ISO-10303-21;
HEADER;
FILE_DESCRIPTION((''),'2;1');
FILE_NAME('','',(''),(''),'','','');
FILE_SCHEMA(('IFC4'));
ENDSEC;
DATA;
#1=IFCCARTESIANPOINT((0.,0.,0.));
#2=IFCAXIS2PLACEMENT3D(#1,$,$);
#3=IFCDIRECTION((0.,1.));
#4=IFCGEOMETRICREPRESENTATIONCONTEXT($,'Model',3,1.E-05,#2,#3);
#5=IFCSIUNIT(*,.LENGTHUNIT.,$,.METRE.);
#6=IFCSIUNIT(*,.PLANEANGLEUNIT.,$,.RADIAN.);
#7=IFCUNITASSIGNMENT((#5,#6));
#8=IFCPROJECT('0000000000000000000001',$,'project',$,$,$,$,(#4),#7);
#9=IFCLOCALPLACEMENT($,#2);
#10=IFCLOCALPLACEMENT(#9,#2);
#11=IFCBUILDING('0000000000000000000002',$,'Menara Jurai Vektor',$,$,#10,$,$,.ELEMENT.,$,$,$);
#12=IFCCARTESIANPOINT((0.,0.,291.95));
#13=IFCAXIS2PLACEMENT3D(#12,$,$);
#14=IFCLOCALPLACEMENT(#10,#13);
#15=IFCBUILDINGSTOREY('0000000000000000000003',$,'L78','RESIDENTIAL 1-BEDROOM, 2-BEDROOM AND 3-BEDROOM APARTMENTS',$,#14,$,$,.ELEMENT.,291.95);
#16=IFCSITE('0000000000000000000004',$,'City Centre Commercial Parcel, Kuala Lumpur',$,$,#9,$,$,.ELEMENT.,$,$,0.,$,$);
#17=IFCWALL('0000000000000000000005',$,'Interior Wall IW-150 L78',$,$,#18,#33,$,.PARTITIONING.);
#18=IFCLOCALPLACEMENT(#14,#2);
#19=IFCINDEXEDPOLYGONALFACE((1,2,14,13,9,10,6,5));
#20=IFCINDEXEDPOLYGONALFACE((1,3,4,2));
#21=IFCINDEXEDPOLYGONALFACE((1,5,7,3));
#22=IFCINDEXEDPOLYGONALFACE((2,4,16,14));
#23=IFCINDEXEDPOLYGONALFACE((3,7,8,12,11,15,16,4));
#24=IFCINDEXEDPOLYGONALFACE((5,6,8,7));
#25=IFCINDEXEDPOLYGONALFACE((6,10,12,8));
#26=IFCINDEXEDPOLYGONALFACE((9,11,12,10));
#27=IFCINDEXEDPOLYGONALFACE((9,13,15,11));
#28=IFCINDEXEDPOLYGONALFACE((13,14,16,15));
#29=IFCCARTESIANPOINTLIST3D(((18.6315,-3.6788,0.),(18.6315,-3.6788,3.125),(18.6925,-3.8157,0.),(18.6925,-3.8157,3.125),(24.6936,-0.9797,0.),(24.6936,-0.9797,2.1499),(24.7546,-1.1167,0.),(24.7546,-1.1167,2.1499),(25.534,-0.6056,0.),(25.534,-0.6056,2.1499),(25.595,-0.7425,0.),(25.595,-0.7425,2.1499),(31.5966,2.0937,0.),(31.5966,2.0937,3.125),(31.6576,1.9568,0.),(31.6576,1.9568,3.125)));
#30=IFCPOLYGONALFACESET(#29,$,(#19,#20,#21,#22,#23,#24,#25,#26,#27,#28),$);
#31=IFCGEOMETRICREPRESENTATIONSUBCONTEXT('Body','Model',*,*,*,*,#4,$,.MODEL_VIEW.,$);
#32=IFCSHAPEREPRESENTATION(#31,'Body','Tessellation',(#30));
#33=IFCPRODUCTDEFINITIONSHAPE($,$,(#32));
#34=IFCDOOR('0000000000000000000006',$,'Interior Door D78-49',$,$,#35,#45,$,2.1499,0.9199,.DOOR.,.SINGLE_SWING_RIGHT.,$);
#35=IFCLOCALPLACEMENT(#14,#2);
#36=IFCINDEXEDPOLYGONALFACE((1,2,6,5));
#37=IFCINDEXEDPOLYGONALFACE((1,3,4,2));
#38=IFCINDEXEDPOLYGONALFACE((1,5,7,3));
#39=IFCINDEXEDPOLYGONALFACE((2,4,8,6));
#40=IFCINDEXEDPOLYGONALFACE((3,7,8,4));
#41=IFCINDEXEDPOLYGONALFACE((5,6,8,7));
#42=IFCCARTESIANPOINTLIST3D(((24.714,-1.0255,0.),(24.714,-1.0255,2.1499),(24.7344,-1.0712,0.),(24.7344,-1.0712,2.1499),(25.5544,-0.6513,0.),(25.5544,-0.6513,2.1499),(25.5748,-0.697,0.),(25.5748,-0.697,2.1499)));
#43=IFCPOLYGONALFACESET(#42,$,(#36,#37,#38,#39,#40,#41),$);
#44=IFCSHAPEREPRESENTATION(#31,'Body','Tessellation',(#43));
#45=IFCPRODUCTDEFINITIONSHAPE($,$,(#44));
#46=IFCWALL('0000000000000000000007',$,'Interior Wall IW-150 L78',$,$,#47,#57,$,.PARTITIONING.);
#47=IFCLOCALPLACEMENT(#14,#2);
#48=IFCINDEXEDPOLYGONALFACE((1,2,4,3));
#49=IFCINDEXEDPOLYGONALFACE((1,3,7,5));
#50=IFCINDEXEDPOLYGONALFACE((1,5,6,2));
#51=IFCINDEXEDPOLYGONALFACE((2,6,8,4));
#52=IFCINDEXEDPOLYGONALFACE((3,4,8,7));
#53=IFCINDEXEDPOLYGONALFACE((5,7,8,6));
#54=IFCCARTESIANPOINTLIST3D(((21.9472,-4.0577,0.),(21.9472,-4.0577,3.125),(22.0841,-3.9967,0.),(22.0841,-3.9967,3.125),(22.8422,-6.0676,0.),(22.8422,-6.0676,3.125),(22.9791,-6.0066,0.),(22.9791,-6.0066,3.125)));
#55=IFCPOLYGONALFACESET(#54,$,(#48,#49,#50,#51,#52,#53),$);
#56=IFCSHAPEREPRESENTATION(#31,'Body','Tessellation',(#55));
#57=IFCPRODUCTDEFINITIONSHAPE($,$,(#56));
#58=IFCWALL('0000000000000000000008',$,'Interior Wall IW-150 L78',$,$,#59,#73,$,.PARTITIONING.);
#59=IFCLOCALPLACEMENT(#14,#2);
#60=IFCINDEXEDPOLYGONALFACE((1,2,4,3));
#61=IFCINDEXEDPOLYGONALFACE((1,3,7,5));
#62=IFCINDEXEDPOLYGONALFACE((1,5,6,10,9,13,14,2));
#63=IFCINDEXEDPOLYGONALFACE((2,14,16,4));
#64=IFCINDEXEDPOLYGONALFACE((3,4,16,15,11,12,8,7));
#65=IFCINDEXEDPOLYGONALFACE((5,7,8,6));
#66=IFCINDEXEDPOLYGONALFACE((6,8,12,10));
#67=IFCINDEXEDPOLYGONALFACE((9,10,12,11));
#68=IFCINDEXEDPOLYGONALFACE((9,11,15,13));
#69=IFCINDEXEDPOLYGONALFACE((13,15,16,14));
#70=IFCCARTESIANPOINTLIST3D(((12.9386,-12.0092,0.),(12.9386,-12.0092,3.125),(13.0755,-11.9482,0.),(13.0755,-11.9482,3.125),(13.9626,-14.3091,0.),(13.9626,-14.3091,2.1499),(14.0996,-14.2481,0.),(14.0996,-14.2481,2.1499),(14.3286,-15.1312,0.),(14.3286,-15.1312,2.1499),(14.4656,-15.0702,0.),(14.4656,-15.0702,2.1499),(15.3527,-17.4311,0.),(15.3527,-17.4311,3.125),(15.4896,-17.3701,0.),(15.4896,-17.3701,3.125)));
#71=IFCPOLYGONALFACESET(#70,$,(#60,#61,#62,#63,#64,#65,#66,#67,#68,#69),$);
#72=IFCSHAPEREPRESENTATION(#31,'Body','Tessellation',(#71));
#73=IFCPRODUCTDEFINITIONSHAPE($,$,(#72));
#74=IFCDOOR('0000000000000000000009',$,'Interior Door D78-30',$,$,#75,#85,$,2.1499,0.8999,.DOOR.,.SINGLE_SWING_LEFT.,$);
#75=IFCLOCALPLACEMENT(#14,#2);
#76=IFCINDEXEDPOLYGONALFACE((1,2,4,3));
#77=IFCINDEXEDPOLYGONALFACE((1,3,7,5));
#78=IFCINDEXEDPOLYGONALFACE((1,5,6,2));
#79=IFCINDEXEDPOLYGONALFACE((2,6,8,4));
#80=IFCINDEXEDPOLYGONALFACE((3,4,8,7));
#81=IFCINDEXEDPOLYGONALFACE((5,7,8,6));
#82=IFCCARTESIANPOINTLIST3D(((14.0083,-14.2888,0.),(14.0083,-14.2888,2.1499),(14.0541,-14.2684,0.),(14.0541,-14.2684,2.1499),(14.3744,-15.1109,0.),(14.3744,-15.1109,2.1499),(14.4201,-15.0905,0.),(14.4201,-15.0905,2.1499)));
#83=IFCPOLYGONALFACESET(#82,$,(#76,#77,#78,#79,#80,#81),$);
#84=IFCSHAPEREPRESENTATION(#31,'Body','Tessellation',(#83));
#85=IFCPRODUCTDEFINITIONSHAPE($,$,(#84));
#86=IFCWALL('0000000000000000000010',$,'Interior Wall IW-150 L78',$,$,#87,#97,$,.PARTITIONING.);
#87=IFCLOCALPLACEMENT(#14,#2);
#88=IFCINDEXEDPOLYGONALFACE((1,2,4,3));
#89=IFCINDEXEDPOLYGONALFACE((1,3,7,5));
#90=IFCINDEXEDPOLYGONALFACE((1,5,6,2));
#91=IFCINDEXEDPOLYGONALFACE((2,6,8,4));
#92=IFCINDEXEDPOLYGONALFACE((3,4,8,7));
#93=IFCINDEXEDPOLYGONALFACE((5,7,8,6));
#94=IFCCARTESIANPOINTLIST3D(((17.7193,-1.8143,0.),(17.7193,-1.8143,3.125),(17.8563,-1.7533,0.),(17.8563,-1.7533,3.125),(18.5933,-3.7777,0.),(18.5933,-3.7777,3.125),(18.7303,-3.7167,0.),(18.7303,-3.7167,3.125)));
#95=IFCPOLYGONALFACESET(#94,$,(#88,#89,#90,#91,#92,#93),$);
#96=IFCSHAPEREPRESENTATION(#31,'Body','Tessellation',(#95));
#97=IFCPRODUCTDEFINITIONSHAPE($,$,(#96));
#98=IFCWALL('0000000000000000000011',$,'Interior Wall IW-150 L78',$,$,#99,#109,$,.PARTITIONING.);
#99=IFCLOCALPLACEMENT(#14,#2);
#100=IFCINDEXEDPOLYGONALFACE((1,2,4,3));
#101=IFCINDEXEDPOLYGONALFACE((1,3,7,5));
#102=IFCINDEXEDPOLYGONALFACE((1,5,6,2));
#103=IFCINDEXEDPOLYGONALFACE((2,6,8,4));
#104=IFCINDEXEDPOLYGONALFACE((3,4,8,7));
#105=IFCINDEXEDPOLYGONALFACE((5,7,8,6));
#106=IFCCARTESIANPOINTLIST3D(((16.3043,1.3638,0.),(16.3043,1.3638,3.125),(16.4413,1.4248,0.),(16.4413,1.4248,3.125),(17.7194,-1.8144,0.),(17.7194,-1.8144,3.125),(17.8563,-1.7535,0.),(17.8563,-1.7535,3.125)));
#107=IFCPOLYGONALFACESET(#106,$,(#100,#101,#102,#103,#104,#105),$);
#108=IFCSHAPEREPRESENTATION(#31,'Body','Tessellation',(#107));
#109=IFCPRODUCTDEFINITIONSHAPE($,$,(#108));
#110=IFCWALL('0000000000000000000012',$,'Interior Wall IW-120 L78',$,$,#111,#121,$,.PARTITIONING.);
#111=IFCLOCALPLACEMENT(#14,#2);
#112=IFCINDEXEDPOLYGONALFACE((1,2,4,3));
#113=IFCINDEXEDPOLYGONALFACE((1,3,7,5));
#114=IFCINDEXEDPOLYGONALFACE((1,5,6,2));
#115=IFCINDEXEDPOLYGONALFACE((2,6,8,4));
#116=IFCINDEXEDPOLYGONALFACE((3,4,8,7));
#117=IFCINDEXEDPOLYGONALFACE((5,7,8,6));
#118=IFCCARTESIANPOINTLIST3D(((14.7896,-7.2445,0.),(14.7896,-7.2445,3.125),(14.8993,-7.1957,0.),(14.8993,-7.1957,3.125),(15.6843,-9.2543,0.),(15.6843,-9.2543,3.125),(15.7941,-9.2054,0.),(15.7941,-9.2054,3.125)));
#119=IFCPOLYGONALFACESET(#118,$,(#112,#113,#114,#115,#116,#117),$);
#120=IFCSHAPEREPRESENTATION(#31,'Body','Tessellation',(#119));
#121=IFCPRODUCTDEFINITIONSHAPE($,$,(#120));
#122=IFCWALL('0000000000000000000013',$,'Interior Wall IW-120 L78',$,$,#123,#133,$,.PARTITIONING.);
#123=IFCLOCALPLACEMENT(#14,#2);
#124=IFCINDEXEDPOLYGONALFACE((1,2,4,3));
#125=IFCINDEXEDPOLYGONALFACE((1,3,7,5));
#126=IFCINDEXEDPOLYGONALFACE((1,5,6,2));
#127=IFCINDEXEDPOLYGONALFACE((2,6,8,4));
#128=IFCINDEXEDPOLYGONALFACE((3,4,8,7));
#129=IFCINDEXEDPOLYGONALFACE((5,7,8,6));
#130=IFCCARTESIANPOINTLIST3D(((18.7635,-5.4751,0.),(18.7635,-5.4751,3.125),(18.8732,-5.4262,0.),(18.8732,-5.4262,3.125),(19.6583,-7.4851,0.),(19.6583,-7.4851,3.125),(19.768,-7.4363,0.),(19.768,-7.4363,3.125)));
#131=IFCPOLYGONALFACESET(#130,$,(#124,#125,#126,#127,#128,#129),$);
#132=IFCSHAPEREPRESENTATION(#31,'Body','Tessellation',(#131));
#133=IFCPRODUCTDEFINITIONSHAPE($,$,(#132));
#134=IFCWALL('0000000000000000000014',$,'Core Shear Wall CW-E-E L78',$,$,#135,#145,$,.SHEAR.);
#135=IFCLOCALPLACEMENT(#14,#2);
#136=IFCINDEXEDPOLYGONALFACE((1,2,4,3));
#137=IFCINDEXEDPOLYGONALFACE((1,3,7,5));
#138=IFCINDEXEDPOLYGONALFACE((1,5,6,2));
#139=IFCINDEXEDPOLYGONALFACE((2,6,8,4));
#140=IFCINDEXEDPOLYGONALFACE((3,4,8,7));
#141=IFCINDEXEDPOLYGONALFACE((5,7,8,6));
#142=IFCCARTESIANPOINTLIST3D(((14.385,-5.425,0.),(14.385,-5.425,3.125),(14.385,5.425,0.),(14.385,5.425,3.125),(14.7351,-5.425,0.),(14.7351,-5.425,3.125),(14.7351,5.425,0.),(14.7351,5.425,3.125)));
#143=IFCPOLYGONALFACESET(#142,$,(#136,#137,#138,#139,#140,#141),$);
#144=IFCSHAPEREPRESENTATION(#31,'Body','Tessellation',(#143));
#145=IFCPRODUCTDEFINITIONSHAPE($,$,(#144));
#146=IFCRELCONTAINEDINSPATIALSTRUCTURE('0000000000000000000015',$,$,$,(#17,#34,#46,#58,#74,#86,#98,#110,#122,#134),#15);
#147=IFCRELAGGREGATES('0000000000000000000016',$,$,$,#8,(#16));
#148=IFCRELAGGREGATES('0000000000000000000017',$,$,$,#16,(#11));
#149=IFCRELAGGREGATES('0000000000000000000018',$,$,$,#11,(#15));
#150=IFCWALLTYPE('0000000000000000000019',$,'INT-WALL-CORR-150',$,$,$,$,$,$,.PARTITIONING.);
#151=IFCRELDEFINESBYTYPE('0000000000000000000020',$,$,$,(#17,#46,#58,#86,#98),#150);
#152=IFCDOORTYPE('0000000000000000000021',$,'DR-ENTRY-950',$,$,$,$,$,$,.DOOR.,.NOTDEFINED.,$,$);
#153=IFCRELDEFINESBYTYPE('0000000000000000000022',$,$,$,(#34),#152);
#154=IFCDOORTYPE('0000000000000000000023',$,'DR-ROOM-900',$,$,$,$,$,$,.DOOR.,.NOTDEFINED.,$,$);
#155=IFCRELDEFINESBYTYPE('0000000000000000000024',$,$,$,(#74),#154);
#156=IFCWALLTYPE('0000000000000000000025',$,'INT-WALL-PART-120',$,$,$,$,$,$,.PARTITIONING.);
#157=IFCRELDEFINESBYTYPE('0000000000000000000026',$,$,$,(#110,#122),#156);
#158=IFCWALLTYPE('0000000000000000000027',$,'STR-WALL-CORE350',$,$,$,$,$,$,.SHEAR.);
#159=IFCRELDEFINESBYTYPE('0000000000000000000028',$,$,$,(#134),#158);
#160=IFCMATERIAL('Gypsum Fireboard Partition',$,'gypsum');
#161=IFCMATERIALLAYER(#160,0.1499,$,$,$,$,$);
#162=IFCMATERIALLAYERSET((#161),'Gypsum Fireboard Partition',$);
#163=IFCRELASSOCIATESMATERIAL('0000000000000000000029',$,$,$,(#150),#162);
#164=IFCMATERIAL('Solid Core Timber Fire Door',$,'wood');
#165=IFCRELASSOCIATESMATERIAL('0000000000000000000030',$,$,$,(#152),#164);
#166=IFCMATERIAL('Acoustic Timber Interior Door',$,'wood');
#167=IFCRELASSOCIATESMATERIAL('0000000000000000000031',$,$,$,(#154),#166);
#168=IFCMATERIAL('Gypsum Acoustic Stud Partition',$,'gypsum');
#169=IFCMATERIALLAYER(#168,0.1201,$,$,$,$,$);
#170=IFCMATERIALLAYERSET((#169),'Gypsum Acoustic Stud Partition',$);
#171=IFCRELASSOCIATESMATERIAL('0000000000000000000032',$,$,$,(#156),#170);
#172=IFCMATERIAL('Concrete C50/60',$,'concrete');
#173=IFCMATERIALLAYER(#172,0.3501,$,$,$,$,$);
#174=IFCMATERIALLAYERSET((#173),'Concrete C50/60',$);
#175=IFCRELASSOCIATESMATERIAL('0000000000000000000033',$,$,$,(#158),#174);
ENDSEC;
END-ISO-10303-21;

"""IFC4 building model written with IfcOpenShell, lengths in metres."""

from ifc_helpers import new_model, si_unit, direction, frame, frame_2d, origin, place, context, subcontext, project, spatial, rectangle, extrude, material, layer, layer_set, type_object, element, fill, save


model = new_model("IFC4")

# Units and contexts
model_context = context("Model", 3, precision=1e-05, world=origin(), true_north=direction((0.0, 1.0)))
body_context = subcontext(model_context, "Body", "Model", "MODEL_VIEW")
ifc_project = project(units=[si_unit("LENGTHUNIT", "METRE"), si_unit("PLANEANGLEUNIT", "RADIAN")], contexts=[model_context])

# Site, building, storey
site_placement = place(None, origin())
site = spatial("IfcSite", under=ifc_project, at=site_placement, Name="City Centre Commercial Parcel, Kuala Lumpur", CompositionType="ELEMENT", RefElevation=0.0)
building_placement = place(site_placement, origin())
building = spatial("IfcBuilding", under=site, at=building_placement, Name="Menara Jurai Vektor", CompositionType="ELEMENT")
storey_placement = place(building_placement, frame((0.0, 0.0, 291.95)))
storey = spatial("IfcBuildingStorey", under=building, at=storey_placement, Name="L78", Description="RESIDENTIAL 1-BEDROOM, 2-BEDROOM AND 3-BEDROOM APARTMENTS", CompositionType="ELEMENT", Elevation=291.95)

# Shared definitions
ifc_material_1 = material(Name="Concrete C50/60", Category="concrete")

# Shared definitions
ifc_material_2 = material(Name="Gypsum Fireboard Partition", Category="gypsum")
ifc_layer_1 = layer(ifc_material_2, 0.1499)
ifc_layer_set_1 = layer_set([ifc_layer_1], Name="Gypsum Fireboard Partition")
wall_type_1 = type_object("IfcWallType", Name="INT-WALL-CORR-150", PredefinedType="PARTITIONING", material=ifc_layer_set_1)
ifc_material_3 = material(Name="Solid Core Timber Fire Door", Category="wood")
door_type_1 = type_object("IfcDoorType", Name="DR-ENTRY-950", OperationType="NOTDEFINED", PredefinedType="DOOR", material=ifc_material_3)

# Wall, opening, door
wall_1_placement = place(storey_placement, frame((18.6619, -3.7473, 0.0), z_axis=(0.0, 0.0, 1.0), x_axis=(0.913545, 0.406739, 0.0)))
wall_1 = element("IfcWall", 1, at=wall_1_placement, inside=storey, type_object=wall_type_1, Name="Interior Wall IW-150 L78", PredefinedType="PARTITIONING", context=body_context, shape_type="SweptSolid", body=[
    extrude(rectangle(XDim=14.1921, YDim=0.1499, at=frame_2d((7.0962, 0.0))), origin(), (0.0, 0.0, 1.0), 3.125),
])
opening_1_placement = place(wall_1_placement, frame((6.636, 0.0, 0.0)))
opening_1 = element("IfcOpeningElement", 2, at=opening_1_placement, cuts=wall_1, PredefinedType="OPENING", context=body_context, shape_type="SweptSolid", body=[
    extrude(rectangle(XDim=0.9199, YDim=2.1499, at=frame_2d((0.46, 1.075))), frame((0.0, 0.085, 0.0), z_axis=(0.0, -1.0, 0.0), x_axis=(1.0, 0.0, 0.0)), (0.0, 0.0, 1.0), 0.1699),
])
door_1_placement = place(opening_1_placement, origin())
door_1 = element("IfcDoor", 3, at=door_1_placement, inside=storey, type_object=door_type_1, Name="Interior Door D78-49", OperationType="SINGLE_SWING_RIGHT", OverallHeight=2.1499, OverallWidth=0.9199, PredefinedType="DOOR", context=body_context, shape_type="SweptSolid", body=[
    extrude(rectangle(XDim=0.9199, YDim=2.1499, at=frame_2d((0.46, 1.075))), frame((0.0, 0.0249, 0.0), z_axis=(0.0, -1.0, 0.0), x_axis=(1.0, 0.0, 0.0)), (0.0, 0.0, 1.0), 0.05),
])
fill(opening_1, door_1)
ifc_material_4 = material(Name="Acoustic Timber Interior Door", Category="wood")
door_type_2 = type_object("IfcDoorType", Name="DR-ROOM-900", OperationType="NOTDEFINED", PredefinedType="DOOR", material=ifc_material_4)

# Wall
wall_2_placement = place(storey_placement, frame((22.9106, -6.0371, 0.0), z_axis=(0.0, 0.0, 1.0), x_axis=(-0.406777, 0.913528, 0.0)))
element("IfcWall", 4, at=wall_2_placement, inside=storey, type_object=wall_type_1, Name="Interior Wall IW-150 L78", PredefinedType="PARTITIONING", context=body_context, shape_type="SweptSolid", body=[
    extrude(rectangle(XDim=2.2002, YDim=0.1499, at=frame_2d((1.1001, 0.0))), origin(), (0.0, 0.0, 1.0), 3.125),
])

# Wall, opening, door
wall_3_placement = place(storey_placement, frame((15.4211, -17.4006, 0.0), z_axis=(0.0, 0.0, 1.0), x_axis=(-0.406749, 0.91354, 0.0)))
wall_3 = element("IfcWall", 5, at=wall_3_placement, inside=storey, type_object=wall_type_1, Name="Interior Wall IW-150 L78", PredefinedType="PARTITIONING", context=body_context, shape_type="SweptSolid", body=[
    extrude(rectangle(XDim=5.9351, YDim=0.1499, at=frame_2d((2.9675, 0.0))), origin(), (0.0, 0.0, 1.0), 3.125),
])
opening_2_placement = place(wall_3_placement, frame((2.5176, 0.0, 0.0)))
opening_2 = element("IfcOpeningElement", 6, at=opening_2_placement, cuts=wall_3, PredefinedType="OPENING", context=body_context, shape_type="SweptSolid", body=[
    extrude(rectangle(XDim=0.8999, YDim=2.1499, at=frame_2d((0.45, 1.075))), frame((0.0, 0.085, 0.0), z_axis=(0.0, -1.0, 0.0), x_axis=(1.0, 0.0, 0.0)), (0.0, 0.0, 1.0), 0.1699),
])
door_2_placement = place(opening_2_placement, origin())
door_2 = element("IfcDoor", 7, at=door_2_placement, inside=storey, type_object=door_type_2, Name="Interior Door D78-30", OperationType="SINGLE_SWING_LEFT", OverallHeight=2.1499, OverallWidth=0.8999, PredefinedType="DOOR", context=body_context, shape_type="SweptSolid", body=[
    extrude(rectangle(XDim=0.8999, YDim=2.1499, at=frame_2d((0.45, 1.075))), frame((0.0, 0.0249, 0.0), z_axis=(0.0, -1.0, 0.0), x_axis=(1.0, 0.0, 0.0)), (0.0, 0.0, 1.0), 0.05),
])
fill(opening_2, door_2)

# Walls
wall_4_placement = place(storey_placement, frame((18.6619, -3.7473, 0.0), z_axis=(0.0, 0.0, 1.0), x_axis=(-0.406686, 0.913568, 0.0)))
element("IfcWall", 8, at=wall_4_placement, inside=storey, type_object=wall_type_1, Name="Interior Wall IW-150 L78", PredefinedType="PARTITIONING", context=body_context, shape_type="SweptSolid", body=[
    extrude(rectangle(XDim=2.1492, YDim=0.1499, at=frame_2d((1.0747, 0.0))), origin(), (0.0, 0.0, 1.0), 3.125),
])
wall_5_placement = place(storey_placement, frame((17.7878, -1.7839, 0.0), z_axis=(0.0, 0.0, 1.0), x_axis=(-0.406737, 0.913545, 0.0)))
element("IfcWall", 9, at=wall_5_placement, inside=storey, type_object=wall_type_1, Name="Interior Wall IW-150 L78", PredefinedType="PARTITIONING", context=body_context, shape_type="SweptSolid", body=[
    extrude(rectangle(XDim=3.479, YDim=0.1499, at=frame_2d((1.7395, 0.0))), origin(), (0.0, 0.0, 1.0), 3.125),
])
ifc_material_5 = material(Name="Gypsum Acoustic Stud Partition", Category="gypsum")
ifc_layer_2 = layer(ifc_material_5, 0.1201)
ifc_layer_set_2 = layer_set([ifc_layer_2], Name="Gypsum Acoustic Stud Partition")
wall_type_2 = type_object("IfcWallType", Name="INT-WALL-PART-120", PredefinedType="PARTITIONING", material=ifc_layer_set_2)
wall_6_placement = place(storey_placement, frame((15.7393, -9.23, 0.0), z_axis=(0.0, 0.0, 1.0), x_axis=(-0.406725, 0.913551, 0.0)))
element("IfcWall", 10, at=wall_6_placement, inside=storey, type_object=wall_type_2, Name="Interior Wall IW-120 L78", PredefinedType="PARTITIONING", context=body_context, shape_type="SweptSolid", body=[
    extrude(rectangle(XDim=2.2, YDim=0.1201, at=frame_2d((1.1001, 0.0))), origin(), (0.0, 0.0, 1.0), 3.125),
])
wall_7_placement = place(storey_placement, frame((19.7131, -7.4607, 0.0), z_axis=(0.0, 0.0, 1.0), x_axis=(-0.406684, 0.913569, 0.0)))
element("IfcWall", 11, at=wall_7_placement, inside=storey, type_object=wall_type_2, Name="Interior Wall IW-120 L78", PredefinedType="PARTITIONING", context=body_context, shape_type="SweptSolid", body=[
    extrude(rectangle(XDim=2.2002, YDim=0.1201, at=frame_2d((1.1001, 0.0))), origin(), (0.0, 0.0, 1.0), 3.125),
])
ifc_layer_3 = layer(ifc_material_1, 0.3501)
ifc_layer_set_3 = layer_set([ifc_layer_3], Name="Concrete C50/60")
wall_type_3 = type_object("IfcWallType", Name="STR-WALL-CORE350", PredefinedType="SHEAR", material=ifc_layer_set_3)
wall_8_placement = place(storey_placement, frame((14.5601, -5.425, 0.0), z_axis=(0.0, 0.0, 1.0), x_axis=(0.0, 1.0, 0.0)))
element("IfcWall", 12, at=wall_8_placement, inside=storey, type_object=wall_type_3, Name="Core Shear Wall CW-E-E L78", PredefinedType="SHEAR", context=body_context, shape_type="SweptSolid", body=[
    extrude(rectangle(XDim=10.8501, YDim=0.3501, at=frame_2d((5.425, 0.0))), origin(), (0.0, 0.0, 1.0), 3.125),
])

save(model, "model.ifc")
